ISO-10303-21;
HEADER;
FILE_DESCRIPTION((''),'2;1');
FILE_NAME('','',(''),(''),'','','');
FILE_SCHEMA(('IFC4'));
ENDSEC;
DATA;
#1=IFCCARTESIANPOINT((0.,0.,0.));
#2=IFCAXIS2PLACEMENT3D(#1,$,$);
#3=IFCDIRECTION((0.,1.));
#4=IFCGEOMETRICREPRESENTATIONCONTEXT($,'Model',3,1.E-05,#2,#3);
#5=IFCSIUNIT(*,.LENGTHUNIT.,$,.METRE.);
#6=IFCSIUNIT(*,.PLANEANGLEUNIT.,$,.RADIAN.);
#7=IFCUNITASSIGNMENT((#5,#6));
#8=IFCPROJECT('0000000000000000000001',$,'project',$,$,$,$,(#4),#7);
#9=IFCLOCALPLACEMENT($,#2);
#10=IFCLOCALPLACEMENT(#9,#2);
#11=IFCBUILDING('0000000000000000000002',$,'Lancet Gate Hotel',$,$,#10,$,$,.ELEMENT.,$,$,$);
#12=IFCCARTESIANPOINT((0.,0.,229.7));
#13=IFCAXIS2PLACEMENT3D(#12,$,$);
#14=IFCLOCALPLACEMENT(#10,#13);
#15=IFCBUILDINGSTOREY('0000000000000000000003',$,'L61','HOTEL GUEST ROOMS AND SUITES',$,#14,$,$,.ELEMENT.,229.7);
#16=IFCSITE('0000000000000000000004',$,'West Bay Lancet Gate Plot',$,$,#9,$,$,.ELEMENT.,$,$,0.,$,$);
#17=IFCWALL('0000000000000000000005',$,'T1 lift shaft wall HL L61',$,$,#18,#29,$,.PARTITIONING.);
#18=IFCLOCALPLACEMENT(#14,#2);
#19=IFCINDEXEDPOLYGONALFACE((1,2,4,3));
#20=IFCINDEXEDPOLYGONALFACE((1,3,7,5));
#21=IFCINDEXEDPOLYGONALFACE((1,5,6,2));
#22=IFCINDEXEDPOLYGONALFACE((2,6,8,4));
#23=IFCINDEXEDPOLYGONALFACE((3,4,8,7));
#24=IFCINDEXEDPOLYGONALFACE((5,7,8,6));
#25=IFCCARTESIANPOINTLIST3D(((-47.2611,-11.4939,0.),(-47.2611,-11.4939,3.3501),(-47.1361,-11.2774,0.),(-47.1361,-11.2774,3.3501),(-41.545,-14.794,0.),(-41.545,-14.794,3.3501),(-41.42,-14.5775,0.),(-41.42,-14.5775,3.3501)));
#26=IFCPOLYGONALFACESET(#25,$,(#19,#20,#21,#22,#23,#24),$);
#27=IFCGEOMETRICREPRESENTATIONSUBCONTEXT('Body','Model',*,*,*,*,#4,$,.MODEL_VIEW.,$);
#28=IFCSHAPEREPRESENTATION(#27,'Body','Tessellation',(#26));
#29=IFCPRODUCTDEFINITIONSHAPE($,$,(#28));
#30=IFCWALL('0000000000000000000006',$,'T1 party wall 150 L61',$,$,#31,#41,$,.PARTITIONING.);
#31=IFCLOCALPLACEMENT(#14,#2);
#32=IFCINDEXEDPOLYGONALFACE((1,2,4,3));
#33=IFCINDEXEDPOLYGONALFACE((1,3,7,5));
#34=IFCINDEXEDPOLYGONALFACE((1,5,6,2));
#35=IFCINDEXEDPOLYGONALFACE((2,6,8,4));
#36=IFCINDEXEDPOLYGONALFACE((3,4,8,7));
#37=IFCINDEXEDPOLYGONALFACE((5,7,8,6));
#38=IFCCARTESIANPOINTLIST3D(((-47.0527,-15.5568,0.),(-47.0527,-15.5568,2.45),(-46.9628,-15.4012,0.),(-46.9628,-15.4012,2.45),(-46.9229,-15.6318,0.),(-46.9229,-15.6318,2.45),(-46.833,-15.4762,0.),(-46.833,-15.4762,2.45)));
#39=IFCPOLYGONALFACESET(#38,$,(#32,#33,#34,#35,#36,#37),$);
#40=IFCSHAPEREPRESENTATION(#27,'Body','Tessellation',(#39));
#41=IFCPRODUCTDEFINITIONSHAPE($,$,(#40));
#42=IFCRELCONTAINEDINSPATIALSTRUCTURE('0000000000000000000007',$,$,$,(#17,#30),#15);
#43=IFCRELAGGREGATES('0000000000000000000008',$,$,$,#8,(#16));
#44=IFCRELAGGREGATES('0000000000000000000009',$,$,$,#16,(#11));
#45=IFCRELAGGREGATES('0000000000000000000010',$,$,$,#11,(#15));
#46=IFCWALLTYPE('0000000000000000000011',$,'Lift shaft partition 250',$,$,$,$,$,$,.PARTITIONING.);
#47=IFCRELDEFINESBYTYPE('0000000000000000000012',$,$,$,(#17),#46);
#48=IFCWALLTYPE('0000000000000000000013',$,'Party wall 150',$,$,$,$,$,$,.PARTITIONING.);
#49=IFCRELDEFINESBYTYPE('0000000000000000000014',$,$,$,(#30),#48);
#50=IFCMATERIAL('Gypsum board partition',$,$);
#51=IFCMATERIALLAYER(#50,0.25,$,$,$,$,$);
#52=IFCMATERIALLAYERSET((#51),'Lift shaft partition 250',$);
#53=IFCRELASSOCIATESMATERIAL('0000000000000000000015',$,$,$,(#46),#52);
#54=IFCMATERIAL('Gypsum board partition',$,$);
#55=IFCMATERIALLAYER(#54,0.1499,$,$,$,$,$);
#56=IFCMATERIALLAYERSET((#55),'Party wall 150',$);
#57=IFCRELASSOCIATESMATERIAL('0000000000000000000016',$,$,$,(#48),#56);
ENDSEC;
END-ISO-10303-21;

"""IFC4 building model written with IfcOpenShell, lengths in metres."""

from ifc_helpers import new_model, si_unit, direction, frame, frame_2d, origin, place, context, subcontext, project, spatial, rectangle, extrude, material, layer, layer_set, type_object, element, save


model = new_model("IFC4")

# Units and contexts
model_context = context("Model", 3, precision=1e-05, world=origin(), true_north=direction((0.0, 1.0)))
body_context = subcontext(model_context, "Body", "Model", "MODEL_VIEW")
ifc_project = project(units=[si_unit("LENGTHUNIT", "METRE"), si_unit("PLANEANGLEUNIT", "RADIAN")], contexts=[model_context])

# Site, building, storey
site_placement = place(None, origin())
site = spatial("IfcSite", under=ifc_project, at=site_placement, Name="West Bay Lancet Gate Plot", CompositionType="ELEMENT", RefElevation=0.0)
building_placement = place(site_placement, origin())
building = spatial("IfcBuilding", under=site, at=building_placement, Name="Lancet Gate Hotel", CompositionType="ELEMENT")
storey_placement = place(building_placement, frame((0.0, 0.0, 229.7)))
storey = spatial("IfcBuildingStorey", under=building, at=storey_placement, Name="L61", Description="HOTEL GUEST ROOMS AND SUITES", CompositionType="ELEMENT", Elevation=229.7)

# Walls
ifc_material_1 = material(Name="Gypsum board partition")
ifc_layer_1 = layer(ifc_material_1, 0.25)
ifc_layer_set_1 = layer_set([ifc_layer_1], Name="Lift shaft partition 250")
wall_type_1 = type_object("IfcWallType", Name="Lift shaft partition 250", PredefinedType="PARTITIONING", material=ifc_layer_set_1)
wall_1_placement = place(storey_placement, frame((-41.4824, -14.6858, 0.0), z_axis=(0.0, 0.0, 1.0), x_axis=(-0.866033, 0.499986, 0.0)))
element("IfcWall", 1, at=wall_1_placement, inside=storey, type_object=wall_type_1, Name="T1 lift shaft wall HL L61", PredefinedType="PARTITIONING", context=body_context, shape_type="SweptSolid", body=[
    extrude(rectangle(XDim=6.6003, YDim=0.25, at=frame_2d((3.3003, 0.0))), origin(), (0.0, 0.0, 1.0), 3.3501),
])
ifc_material_2 = material(Name="Gypsum board partition")
ifc_layer_2 = layer(ifc_material_2, 0.1499)
ifc_layer_set_2 = layer_set([ifc_layer_2], Name="Party wall 150")
wall_type_2 = type_object("IfcWallType", Name="Party wall 150", PredefinedType="PARTITIONING", material=ifc_layer_set_2)
wall_2_placement = place(storey_placement, frame((-46.8979, -15.4387, 0.0), z_axis=(0.0, 0.0, 1.0), x_axis=(-0.500232, -0.865891, 0.0)))
element("IfcWall", 2, at=wall_2_placement, inside=storey, type_object=wall_type_2, Name="T1 party wall 150 L61", PredefinedType="PARTITIONING", context=body_context, shape_type="SweptSolid", body=[
    extrude(rectangle(XDim=0.1797, YDim=0.1499, at=frame_2d((0.0898, 0.0))), origin(), (0.0, 0.0, 1.0), 2.45),
])

save(model, "model.ifc")
